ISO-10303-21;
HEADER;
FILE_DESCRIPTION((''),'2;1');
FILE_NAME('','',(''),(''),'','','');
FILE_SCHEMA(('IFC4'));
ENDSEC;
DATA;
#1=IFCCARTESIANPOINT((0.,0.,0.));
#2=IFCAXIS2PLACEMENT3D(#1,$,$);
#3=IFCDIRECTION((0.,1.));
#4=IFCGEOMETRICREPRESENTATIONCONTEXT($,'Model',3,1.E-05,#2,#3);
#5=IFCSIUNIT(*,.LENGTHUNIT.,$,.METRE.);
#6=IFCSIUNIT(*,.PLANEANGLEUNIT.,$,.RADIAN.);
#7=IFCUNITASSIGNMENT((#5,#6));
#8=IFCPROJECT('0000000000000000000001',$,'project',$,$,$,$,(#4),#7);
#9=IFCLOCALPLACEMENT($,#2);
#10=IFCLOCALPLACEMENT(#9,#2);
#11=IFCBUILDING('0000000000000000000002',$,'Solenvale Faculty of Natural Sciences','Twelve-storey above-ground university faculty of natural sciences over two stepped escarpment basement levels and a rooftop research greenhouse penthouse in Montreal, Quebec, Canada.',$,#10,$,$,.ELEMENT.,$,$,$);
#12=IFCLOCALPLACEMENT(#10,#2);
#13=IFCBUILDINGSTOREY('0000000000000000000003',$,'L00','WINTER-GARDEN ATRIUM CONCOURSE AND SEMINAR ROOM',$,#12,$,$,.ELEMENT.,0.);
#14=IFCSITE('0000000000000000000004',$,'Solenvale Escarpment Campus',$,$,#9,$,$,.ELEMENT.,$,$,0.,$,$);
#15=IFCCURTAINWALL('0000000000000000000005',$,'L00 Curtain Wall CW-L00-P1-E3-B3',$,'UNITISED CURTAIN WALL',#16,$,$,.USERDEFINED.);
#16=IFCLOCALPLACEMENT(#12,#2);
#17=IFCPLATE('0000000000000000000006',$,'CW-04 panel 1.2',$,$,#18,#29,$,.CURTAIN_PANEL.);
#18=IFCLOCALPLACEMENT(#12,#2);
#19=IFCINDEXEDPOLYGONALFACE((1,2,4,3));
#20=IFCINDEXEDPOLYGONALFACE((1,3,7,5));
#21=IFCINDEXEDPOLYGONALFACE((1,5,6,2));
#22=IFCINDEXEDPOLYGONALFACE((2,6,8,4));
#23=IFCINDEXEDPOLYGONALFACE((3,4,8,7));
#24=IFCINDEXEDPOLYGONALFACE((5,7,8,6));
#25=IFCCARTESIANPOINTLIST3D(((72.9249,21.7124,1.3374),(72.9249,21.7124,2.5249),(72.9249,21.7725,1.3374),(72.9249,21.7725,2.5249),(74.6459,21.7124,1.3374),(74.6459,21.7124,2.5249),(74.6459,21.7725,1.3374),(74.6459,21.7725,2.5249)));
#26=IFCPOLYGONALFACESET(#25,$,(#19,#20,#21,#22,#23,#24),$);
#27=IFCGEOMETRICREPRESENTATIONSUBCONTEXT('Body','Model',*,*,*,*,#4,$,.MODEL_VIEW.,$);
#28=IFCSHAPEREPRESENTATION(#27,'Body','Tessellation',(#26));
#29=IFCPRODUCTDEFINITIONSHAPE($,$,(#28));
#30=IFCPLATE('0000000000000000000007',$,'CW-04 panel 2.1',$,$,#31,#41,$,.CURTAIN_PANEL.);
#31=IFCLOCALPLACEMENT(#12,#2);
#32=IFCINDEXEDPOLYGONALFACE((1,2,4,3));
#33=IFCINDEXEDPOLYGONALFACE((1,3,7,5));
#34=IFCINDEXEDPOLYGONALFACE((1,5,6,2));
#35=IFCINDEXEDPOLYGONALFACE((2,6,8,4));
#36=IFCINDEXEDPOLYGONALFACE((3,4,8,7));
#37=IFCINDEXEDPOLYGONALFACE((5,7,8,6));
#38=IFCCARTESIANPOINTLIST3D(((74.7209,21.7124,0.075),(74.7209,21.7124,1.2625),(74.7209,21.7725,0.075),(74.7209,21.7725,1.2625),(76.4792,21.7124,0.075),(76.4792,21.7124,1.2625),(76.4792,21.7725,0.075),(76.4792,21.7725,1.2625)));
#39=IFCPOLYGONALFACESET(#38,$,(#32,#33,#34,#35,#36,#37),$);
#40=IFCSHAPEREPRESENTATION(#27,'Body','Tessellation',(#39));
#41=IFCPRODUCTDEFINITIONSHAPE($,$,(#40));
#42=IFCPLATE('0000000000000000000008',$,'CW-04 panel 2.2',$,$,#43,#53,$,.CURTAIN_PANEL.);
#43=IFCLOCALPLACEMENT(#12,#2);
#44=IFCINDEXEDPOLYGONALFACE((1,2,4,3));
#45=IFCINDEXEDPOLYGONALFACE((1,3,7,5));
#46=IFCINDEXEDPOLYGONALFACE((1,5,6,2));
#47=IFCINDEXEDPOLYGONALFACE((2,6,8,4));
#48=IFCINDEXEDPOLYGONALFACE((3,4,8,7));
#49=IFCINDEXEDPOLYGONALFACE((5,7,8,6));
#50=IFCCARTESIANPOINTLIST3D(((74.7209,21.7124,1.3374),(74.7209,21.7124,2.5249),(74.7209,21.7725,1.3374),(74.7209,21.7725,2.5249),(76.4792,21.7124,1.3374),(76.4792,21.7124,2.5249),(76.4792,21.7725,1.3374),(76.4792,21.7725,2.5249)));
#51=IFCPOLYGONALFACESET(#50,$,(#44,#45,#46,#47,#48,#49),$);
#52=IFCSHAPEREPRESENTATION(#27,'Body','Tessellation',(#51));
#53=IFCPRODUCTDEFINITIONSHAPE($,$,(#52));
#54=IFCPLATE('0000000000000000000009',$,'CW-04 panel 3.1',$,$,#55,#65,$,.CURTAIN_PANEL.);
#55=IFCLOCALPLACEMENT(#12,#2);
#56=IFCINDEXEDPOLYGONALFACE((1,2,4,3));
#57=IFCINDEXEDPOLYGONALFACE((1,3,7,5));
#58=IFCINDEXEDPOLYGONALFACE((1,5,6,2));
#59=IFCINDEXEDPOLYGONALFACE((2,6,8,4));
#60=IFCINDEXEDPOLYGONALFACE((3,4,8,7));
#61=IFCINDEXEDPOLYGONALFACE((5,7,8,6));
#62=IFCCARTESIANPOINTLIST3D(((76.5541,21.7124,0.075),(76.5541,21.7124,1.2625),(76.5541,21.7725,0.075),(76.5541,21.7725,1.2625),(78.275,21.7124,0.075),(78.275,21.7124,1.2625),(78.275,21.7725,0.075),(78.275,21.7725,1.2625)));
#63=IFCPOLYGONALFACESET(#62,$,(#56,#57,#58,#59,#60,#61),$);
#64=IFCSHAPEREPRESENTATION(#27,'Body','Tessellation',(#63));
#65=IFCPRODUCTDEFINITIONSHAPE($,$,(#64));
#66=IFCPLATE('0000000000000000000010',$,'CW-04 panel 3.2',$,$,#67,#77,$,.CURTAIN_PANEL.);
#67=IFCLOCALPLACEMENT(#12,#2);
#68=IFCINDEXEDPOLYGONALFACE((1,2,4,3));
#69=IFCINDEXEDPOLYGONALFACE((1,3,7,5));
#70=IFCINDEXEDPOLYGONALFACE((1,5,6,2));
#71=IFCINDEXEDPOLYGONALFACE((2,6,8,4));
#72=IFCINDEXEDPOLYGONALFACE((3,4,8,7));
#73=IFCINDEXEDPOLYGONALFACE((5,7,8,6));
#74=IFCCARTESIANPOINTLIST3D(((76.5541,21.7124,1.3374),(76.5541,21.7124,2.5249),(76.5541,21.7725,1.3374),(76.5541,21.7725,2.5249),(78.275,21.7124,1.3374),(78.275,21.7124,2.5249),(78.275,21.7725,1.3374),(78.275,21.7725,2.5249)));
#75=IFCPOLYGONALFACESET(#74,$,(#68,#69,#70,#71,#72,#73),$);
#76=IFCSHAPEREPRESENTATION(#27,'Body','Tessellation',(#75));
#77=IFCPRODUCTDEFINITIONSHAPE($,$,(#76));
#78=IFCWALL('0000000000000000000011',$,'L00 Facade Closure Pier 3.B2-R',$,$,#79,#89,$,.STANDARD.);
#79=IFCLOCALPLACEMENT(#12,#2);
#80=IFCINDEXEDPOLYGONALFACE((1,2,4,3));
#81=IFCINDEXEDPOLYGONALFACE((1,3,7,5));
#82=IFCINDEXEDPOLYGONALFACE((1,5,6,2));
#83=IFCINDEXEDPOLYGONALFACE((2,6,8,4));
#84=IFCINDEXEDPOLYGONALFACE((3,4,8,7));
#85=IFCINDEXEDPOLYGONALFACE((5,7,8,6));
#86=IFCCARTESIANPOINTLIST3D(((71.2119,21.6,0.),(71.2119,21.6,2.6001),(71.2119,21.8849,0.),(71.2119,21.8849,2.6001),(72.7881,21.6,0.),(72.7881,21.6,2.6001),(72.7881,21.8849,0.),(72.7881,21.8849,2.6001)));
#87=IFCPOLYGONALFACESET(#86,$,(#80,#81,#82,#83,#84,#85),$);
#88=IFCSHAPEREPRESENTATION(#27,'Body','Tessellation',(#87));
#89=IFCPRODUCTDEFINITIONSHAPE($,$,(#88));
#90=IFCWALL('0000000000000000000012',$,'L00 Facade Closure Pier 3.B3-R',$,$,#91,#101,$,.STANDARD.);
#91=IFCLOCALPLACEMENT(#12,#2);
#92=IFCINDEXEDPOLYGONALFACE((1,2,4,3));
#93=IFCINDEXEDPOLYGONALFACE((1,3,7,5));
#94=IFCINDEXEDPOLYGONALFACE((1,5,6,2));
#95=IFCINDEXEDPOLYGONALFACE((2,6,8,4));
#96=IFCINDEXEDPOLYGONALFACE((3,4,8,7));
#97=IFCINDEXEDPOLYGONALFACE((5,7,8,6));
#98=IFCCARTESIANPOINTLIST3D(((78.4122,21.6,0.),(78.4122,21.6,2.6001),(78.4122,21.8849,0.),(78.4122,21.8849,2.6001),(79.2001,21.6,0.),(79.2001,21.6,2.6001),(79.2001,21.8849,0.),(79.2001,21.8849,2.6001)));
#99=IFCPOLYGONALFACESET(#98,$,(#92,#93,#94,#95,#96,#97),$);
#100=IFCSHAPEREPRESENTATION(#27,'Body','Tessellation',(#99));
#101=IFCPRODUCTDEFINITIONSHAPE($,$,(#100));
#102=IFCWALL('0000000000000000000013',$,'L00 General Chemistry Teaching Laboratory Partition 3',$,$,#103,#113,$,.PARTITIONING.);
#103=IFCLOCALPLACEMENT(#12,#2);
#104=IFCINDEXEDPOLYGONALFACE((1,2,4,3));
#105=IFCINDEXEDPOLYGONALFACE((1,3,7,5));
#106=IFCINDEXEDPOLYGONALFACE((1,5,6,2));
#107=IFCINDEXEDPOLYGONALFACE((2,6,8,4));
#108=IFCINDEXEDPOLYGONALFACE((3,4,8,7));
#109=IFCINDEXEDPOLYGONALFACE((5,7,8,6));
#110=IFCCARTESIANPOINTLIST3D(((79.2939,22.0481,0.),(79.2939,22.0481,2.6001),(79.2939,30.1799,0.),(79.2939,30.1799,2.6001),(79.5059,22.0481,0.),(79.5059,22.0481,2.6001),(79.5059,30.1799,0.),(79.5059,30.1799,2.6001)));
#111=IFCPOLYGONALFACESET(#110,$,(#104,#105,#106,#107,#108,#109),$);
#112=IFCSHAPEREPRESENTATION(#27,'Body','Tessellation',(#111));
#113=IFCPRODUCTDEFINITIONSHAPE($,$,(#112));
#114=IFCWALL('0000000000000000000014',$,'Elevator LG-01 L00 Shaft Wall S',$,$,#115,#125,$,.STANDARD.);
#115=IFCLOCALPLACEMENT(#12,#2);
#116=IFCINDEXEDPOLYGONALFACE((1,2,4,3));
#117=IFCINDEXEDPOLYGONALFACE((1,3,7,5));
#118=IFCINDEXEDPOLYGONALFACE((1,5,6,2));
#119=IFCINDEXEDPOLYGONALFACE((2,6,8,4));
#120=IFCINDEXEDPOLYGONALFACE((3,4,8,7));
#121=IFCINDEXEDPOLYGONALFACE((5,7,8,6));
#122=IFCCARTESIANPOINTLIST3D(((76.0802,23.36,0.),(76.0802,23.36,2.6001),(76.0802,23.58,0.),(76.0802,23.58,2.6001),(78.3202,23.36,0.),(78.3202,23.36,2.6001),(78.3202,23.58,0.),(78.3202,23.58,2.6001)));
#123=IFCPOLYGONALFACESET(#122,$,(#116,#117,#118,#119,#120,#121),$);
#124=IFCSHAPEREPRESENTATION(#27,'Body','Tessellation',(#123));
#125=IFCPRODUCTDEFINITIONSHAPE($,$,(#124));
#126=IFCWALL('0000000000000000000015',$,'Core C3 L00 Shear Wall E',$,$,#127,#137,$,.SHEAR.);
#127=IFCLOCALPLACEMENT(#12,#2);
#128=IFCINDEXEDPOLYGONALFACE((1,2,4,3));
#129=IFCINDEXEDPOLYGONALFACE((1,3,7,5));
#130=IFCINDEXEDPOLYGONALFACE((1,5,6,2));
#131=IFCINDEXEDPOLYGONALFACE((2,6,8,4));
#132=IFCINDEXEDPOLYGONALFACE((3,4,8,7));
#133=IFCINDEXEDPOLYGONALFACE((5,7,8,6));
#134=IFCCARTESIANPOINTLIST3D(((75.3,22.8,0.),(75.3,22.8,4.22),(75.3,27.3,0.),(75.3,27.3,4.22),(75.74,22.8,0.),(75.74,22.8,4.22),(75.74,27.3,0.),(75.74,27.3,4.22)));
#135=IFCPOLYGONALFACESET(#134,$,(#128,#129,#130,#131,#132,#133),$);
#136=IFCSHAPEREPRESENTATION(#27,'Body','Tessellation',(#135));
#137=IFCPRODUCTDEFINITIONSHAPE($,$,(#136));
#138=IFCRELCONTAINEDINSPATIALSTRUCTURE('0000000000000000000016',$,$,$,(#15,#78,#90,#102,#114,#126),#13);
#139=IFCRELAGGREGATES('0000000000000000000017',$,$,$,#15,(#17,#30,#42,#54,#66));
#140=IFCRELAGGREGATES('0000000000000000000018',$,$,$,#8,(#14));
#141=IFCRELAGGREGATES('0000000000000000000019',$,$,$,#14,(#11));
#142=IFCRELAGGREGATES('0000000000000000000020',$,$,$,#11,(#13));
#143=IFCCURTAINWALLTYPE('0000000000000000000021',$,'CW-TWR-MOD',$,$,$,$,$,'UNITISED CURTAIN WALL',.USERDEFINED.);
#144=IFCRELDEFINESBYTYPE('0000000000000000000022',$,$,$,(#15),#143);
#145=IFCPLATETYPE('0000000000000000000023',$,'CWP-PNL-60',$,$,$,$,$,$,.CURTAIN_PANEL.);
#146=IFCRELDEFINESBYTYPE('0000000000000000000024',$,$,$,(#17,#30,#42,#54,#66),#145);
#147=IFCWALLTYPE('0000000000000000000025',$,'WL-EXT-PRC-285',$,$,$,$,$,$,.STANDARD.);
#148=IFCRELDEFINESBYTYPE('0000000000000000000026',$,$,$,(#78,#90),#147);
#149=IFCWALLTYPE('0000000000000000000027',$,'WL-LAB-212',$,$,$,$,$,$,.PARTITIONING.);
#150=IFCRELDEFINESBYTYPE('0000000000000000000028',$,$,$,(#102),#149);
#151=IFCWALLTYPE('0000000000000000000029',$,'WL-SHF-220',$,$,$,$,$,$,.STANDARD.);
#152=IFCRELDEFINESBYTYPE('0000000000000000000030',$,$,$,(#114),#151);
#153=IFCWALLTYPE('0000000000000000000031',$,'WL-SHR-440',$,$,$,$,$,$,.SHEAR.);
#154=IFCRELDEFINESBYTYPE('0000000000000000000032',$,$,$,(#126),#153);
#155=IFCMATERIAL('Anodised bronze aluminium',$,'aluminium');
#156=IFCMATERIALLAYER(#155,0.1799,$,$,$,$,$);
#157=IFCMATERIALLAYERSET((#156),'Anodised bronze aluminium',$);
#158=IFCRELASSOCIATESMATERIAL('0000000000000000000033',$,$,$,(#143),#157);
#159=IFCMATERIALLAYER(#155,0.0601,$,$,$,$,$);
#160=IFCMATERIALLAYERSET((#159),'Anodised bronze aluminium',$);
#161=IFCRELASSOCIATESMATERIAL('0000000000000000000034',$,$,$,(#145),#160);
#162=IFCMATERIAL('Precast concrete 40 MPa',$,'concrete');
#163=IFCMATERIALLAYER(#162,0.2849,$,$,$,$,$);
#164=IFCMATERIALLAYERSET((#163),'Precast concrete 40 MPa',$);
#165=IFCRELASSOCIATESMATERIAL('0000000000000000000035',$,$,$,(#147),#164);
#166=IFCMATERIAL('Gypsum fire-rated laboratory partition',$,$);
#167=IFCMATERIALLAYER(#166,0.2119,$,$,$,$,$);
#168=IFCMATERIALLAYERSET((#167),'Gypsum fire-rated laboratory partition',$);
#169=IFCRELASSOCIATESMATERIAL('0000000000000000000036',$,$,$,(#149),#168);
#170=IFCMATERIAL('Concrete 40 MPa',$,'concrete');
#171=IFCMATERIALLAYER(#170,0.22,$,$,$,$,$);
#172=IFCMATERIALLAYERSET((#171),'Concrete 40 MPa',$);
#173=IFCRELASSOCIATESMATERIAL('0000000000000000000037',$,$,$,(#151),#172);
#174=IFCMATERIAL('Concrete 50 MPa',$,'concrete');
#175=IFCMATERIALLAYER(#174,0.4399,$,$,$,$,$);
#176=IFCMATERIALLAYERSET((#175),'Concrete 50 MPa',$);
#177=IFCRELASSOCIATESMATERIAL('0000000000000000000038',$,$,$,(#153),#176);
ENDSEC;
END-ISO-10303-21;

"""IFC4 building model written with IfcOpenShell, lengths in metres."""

from ifc_helpers import new_model, si_unit, direction, frame, frame_2d, origin, origin_2d, place, context, subcontext, project, spatial, rectangle, extrude, material, layer, layer_set, type_object, element, aggregate, save


model = new_model("IFC4")

# Units and contexts
model_context = context("Model", 3, precision=1e-05, world=origin(), true_north=direction((0.0, 1.0)))
body_context = subcontext(model_context, "Body", "Model", "MODEL_VIEW")
ifc_project = project(units=[si_unit("LENGTHUNIT", "METRE"), si_unit("PLANEANGLEUNIT", "RADIAN")], contexts=[model_context])

# Site, building, storey
site_placement = place(None, origin())
site = spatial("IfcSite", under=ifc_project, at=site_placement, Name="Solenvale Escarpment Campus", CompositionType="ELEMENT", RefElevation=0.0)
building_placement = place(site_placement, origin())
building = spatial("IfcBuilding", under=site, at=building_placement, Name="Solenvale Faculty of Natural Sciences", Description="Twelve-storey above-ground university faculty of natural sciences over two stepped escarpment basement levels and a rooftop research greenhouse penthouse in Montreal, Quebec, Canada.", CompositionType="ELEMENT")
storey_placement = place(building_placement, origin())
storey = spatial("IfcBuildingStorey", under=building, at=storey_placement, Name="L00", Description="WINTER-GARDEN ATRIUM CONCOURSE AND SEMINAR ROOM", CompositionType="ELEMENT", Elevation=0.0)

# Shared definitions
ifc_material_1 = material(Name="Concrete 50 MPa", Category="concrete")

# Shared definitions
ifc_material_2 = material(Name="Concrete 40 MPa", Category="concrete")

# Curtain wall
ifc_material_3 = material(Name="Anodised bronze aluminium", Category="aluminium")
ifc_layer_1 = layer(ifc_material_3, 0.1799)
ifc_layer_set_1 = layer_set([ifc_layer_1], Name="Anodised bronze aluminium")
curtain_wall_type = type_object("IfcCurtainWallType", Name="CW-TWR-MOD", ElementType="UNITISED CURTAIN WALL", PredefinedType="USERDEFINED", material=ifc_layer_set_1)
curtain_wall_1_placement = place(storey_placement, origin())
curtain_wall_1 = element("IfcCurtainWall", 1, at=curtain_wall_1_placement, inside=storey, type_object=curtain_wall_type, Name="L00 Curtain Wall CW-L00-P1-E3-B3", ObjectType="UNITISED CURTAIN WALL", PredefinedType="USERDEFINED")

# Plates
ifc_layer_2 = layer(ifc_material_3, 0.0601)
ifc_layer_set_2 = layer_set([ifc_layer_2], Name="Anodised bronze aluminium")
plate_type_1 = type_object("IfcPlateType", Name="CWP-PNL-60", PredefinedType="CURTAIN_PANEL", material=ifc_layer_set_2)
plate_1_placement = place(storey_placement, frame((73.7854, 21.7424, 1.3374), z_axis=(0.0, 0.0, 1.0), x_axis=(1.0, 0.0, 0.0)))
plate_1 = element("IfcPlate", 2, at=plate_1_placement, type_object=plate_type_1, Name="CW-04 panel 1.2", PredefinedType="CURTAIN_PANEL", context=body_context, shape_type="SweptSolid", body=[
    extrude(rectangle(XDim=1.7209, YDim=0.0601, at=origin_2d()), origin(), (0.0, 0.0, 1.0), 1.1875),
])
plate_2_placement = place(storey_placement, frame((75.6001, 21.7424, 0.075), z_axis=(0.0, 0.0, 1.0), x_axis=(1.0, 0.0, 0.0)))
plate_2 = element("IfcPlate", 3, at=plate_2_placement, type_object=plate_type_1, Name="CW-04 panel 2.1", PredefinedType="CURTAIN_PANEL", context=body_context, shape_type="SweptSolid", body=[
    extrude(rectangle(XDim=1.7583, YDim=0.0601, at=origin_2d()), origin(), (0.0, 0.0, 1.0), 1.1875),
])
plate_3_placement = place(storey_placement, frame((75.6001, 21.7424, 1.3374), z_axis=(0.0, 0.0, 1.0), x_axis=(1.0, 0.0, 0.0)))
plate_3 = element("IfcPlate", 4, at=plate_3_placement, type_object=plate_type_1, Name="CW-04 panel 2.2", PredefinedType="CURTAIN_PANEL", context=body_context, shape_type="SweptSolid", body=[
    extrude(rectangle(XDim=1.7583, YDim=0.0601, at=origin_2d()), origin(), (0.0, 0.0, 1.0), 1.1875),
])
plate_4_placement = place(storey_placement, frame((77.4146, 21.7424, 0.075), z_axis=(0.0, 0.0, 1.0), x_axis=(1.0, 0.0, 0.0)))
plate_4 = element("IfcPlate", 5, at=plate_4_placement, type_object=plate_type_1, Name="CW-04 panel 3.1", PredefinedType="CURTAIN_PANEL", context=body_context, shape_type="SweptSolid", body=[
    extrude(rectangle(XDim=1.7209, YDim=0.0601, at=origin_2d()), origin(), (0.0, 0.0, 1.0), 1.1875),
])
plate_5_placement = place(storey_placement, frame((77.4146, 21.7424, 1.3374), z_axis=(0.0, 0.0, 1.0), x_axis=(1.0, 0.0, 0.0)))
plate_5 = element("IfcPlate", 6, at=plate_5_placement, type_object=plate_type_1, Name="CW-04 panel 3.2", PredefinedType="CURTAIN_PANEL", context=body_context, shape_type="SweptSolid", body=[
    extrude(rectangle(XDim=1.7209, YDim=0.0601, at=origin_2d()), origin(), (0.0, 0.0, 1.0), 1.1875),
])
aggregate(curtain_wall_1, [plate_1, plate_2, plate_3, plate_4, plate_5])

# Walls
ifc_material_4 = material(Name="Precast concrete 40 MPa", Category="concrete")
ifc_layer_3 = layer(ifc_material_4, 0.2849)
ifc_layer_set_3 = layer_set([ifc_layer_3], Name="Precast concrete 40 MPa")
wall_type_1 = type_object("IfcWallType", Name="WL-EXT-PRC-285", PredefinedType="STANDARD", material=ifc_layer_set_3)
wall_1_placement = place(storey_placement, frame((71.2119, 21.7424, 0.0), z_axis=(0.0, 0.0, 1.0), x_axis=(1.0, 0.0, 0.0)))
element("IfcWall", 7, at=wall_1_placement, inside=storey, type_object=wall_type_1, Name="L00 Facade Closure Pier 3.B2-R", PredefinedType="STANDARD", context=body_context, shape_type="SweptSolid", body=[
    extrude(rectangle(XDim=1.5762, YDim=0.2849, at=frame_2d((0.7881, 0.0))), origin(), (0.0, 0.0, 1.0), 2.6001),
])
wall_2_placement = place(storey_placement, frame((78.4121, 21.7424, 0.0), z_axis=(0.0, 0.0, 1.0), x_axis=(1.0, 0.0, 0.0)))
element("IfcWall", 8, at=wall_2_placement, inside=storey, type_object=wall_type_1, Name="L00 Facade Closure Pier 3.B3-R", PredefinedType="STANDARD", context=body_context, shape_type="SweptSolid", body=[
    extrude(rectangle(XDim=0.7878, YDim=0.2849, at=frame_2d((0.394, 0.0))), origin(), (0.0, 0.0, 1.0), 2.6001),
])
ifc_material_5 = material(Name="Gypsum fire-rated laboratory partition")
ifc_layer_4 = layer(ifc_material_5, 0.2119)
ifc_layer_set_4 = layer_set([ifc_layer_4], Name="Gypsum fire-rated laboratory partition")
wall_type_2 = type_object("IfcWallType", Name="WL-LAB-212", PredefinedType="PARTITIONING", material=ifc_layer_set_4)
wall_3_placement = place(storey_placement, frame((79.3999, 22.0481, 0.0), z_axis=(0.0, 0.0, 1.0), x_axis=(0.0, 1.0, 0.0)))
element("IfcWall", 9, at=wall_3_placement, inside=storey, type_object=wall_type_2, Name="L00 General Chemistry Teaching Laboratory Partition 3", PredefinedType="PARTITIONING", context=body_context, shape_type="SweptSolid", body=[
    extrude(rectangle(XDim=8.1318, YDim=0.2119, at=frame_2d((4.0659, 0.0))), origin(), (0.0, 0.0, 1.0), 2.6001),
])
ifc_layer_5 = layer(ifc_material_2, 0.22)
ifc_layer_set_5 = layer_set([ifc_layer_5], Name="Concrete 40 MPa")
wall_type_3 = type_object("IfcWallType", Name="WL-SHF-220", PredefinedType="STANDARD", material=ifc_layer_set_5)
wall_4_placement = place(storey_placement, frame((76.0801, 23.47, 0.0), z_axis=(0.0, 0.0, 1.0), x_axis=(1.0, 0.0, 0.0)))
element("IfcWall", 10, at=wall_4_placement, inside=storey, type_object=wall_type_3, Name="Elevator LG-01 L00 Shaft Wall S", PredefinedType="STANDARD", context=body_context, shape_type="SweptSolid", body=[
    extrude(rectangle(XDim=2.24, YDim=0.22, at=frame_2d((1.1201, 0.0))), origin(), (0.0, 0.0, 1.0), 2.6001),
])
ifc_layer_6 = layer(ifc_material_1, 0.4399)
ifc_layer_set_6 = layer_set([ifc_layer_6], Name="Concrete 50 MPa")
wall_type_4 = type_object("IfcWallType", Name="WL-SHR-440", PredefinedType="SHEAR", material=ifc_layer_set_6)
wall_5_placement = place(storey_placement, frame((75.52, 22.8, 0.0), z_axis=(0.0, 0.0, 1.0), x_axis=(0.0, 1.0, 0.0)))
element("IfcWall", 11, at=wall_5_placement, inside=storey, type_object=wall_type_4, Name="Core C3 L00 Shear Wall E", PredefinedType="SHEAR", context=body_context, shape_type="SweptSolid", body=[
    extrude(rectangle(XDim=4.5, YDim=0.4399, at=frame_2d((2.25, 0.0))), origin(), (0.0, 0.0, 1.0), 4.22),
])

save(model, "model.ifc")
